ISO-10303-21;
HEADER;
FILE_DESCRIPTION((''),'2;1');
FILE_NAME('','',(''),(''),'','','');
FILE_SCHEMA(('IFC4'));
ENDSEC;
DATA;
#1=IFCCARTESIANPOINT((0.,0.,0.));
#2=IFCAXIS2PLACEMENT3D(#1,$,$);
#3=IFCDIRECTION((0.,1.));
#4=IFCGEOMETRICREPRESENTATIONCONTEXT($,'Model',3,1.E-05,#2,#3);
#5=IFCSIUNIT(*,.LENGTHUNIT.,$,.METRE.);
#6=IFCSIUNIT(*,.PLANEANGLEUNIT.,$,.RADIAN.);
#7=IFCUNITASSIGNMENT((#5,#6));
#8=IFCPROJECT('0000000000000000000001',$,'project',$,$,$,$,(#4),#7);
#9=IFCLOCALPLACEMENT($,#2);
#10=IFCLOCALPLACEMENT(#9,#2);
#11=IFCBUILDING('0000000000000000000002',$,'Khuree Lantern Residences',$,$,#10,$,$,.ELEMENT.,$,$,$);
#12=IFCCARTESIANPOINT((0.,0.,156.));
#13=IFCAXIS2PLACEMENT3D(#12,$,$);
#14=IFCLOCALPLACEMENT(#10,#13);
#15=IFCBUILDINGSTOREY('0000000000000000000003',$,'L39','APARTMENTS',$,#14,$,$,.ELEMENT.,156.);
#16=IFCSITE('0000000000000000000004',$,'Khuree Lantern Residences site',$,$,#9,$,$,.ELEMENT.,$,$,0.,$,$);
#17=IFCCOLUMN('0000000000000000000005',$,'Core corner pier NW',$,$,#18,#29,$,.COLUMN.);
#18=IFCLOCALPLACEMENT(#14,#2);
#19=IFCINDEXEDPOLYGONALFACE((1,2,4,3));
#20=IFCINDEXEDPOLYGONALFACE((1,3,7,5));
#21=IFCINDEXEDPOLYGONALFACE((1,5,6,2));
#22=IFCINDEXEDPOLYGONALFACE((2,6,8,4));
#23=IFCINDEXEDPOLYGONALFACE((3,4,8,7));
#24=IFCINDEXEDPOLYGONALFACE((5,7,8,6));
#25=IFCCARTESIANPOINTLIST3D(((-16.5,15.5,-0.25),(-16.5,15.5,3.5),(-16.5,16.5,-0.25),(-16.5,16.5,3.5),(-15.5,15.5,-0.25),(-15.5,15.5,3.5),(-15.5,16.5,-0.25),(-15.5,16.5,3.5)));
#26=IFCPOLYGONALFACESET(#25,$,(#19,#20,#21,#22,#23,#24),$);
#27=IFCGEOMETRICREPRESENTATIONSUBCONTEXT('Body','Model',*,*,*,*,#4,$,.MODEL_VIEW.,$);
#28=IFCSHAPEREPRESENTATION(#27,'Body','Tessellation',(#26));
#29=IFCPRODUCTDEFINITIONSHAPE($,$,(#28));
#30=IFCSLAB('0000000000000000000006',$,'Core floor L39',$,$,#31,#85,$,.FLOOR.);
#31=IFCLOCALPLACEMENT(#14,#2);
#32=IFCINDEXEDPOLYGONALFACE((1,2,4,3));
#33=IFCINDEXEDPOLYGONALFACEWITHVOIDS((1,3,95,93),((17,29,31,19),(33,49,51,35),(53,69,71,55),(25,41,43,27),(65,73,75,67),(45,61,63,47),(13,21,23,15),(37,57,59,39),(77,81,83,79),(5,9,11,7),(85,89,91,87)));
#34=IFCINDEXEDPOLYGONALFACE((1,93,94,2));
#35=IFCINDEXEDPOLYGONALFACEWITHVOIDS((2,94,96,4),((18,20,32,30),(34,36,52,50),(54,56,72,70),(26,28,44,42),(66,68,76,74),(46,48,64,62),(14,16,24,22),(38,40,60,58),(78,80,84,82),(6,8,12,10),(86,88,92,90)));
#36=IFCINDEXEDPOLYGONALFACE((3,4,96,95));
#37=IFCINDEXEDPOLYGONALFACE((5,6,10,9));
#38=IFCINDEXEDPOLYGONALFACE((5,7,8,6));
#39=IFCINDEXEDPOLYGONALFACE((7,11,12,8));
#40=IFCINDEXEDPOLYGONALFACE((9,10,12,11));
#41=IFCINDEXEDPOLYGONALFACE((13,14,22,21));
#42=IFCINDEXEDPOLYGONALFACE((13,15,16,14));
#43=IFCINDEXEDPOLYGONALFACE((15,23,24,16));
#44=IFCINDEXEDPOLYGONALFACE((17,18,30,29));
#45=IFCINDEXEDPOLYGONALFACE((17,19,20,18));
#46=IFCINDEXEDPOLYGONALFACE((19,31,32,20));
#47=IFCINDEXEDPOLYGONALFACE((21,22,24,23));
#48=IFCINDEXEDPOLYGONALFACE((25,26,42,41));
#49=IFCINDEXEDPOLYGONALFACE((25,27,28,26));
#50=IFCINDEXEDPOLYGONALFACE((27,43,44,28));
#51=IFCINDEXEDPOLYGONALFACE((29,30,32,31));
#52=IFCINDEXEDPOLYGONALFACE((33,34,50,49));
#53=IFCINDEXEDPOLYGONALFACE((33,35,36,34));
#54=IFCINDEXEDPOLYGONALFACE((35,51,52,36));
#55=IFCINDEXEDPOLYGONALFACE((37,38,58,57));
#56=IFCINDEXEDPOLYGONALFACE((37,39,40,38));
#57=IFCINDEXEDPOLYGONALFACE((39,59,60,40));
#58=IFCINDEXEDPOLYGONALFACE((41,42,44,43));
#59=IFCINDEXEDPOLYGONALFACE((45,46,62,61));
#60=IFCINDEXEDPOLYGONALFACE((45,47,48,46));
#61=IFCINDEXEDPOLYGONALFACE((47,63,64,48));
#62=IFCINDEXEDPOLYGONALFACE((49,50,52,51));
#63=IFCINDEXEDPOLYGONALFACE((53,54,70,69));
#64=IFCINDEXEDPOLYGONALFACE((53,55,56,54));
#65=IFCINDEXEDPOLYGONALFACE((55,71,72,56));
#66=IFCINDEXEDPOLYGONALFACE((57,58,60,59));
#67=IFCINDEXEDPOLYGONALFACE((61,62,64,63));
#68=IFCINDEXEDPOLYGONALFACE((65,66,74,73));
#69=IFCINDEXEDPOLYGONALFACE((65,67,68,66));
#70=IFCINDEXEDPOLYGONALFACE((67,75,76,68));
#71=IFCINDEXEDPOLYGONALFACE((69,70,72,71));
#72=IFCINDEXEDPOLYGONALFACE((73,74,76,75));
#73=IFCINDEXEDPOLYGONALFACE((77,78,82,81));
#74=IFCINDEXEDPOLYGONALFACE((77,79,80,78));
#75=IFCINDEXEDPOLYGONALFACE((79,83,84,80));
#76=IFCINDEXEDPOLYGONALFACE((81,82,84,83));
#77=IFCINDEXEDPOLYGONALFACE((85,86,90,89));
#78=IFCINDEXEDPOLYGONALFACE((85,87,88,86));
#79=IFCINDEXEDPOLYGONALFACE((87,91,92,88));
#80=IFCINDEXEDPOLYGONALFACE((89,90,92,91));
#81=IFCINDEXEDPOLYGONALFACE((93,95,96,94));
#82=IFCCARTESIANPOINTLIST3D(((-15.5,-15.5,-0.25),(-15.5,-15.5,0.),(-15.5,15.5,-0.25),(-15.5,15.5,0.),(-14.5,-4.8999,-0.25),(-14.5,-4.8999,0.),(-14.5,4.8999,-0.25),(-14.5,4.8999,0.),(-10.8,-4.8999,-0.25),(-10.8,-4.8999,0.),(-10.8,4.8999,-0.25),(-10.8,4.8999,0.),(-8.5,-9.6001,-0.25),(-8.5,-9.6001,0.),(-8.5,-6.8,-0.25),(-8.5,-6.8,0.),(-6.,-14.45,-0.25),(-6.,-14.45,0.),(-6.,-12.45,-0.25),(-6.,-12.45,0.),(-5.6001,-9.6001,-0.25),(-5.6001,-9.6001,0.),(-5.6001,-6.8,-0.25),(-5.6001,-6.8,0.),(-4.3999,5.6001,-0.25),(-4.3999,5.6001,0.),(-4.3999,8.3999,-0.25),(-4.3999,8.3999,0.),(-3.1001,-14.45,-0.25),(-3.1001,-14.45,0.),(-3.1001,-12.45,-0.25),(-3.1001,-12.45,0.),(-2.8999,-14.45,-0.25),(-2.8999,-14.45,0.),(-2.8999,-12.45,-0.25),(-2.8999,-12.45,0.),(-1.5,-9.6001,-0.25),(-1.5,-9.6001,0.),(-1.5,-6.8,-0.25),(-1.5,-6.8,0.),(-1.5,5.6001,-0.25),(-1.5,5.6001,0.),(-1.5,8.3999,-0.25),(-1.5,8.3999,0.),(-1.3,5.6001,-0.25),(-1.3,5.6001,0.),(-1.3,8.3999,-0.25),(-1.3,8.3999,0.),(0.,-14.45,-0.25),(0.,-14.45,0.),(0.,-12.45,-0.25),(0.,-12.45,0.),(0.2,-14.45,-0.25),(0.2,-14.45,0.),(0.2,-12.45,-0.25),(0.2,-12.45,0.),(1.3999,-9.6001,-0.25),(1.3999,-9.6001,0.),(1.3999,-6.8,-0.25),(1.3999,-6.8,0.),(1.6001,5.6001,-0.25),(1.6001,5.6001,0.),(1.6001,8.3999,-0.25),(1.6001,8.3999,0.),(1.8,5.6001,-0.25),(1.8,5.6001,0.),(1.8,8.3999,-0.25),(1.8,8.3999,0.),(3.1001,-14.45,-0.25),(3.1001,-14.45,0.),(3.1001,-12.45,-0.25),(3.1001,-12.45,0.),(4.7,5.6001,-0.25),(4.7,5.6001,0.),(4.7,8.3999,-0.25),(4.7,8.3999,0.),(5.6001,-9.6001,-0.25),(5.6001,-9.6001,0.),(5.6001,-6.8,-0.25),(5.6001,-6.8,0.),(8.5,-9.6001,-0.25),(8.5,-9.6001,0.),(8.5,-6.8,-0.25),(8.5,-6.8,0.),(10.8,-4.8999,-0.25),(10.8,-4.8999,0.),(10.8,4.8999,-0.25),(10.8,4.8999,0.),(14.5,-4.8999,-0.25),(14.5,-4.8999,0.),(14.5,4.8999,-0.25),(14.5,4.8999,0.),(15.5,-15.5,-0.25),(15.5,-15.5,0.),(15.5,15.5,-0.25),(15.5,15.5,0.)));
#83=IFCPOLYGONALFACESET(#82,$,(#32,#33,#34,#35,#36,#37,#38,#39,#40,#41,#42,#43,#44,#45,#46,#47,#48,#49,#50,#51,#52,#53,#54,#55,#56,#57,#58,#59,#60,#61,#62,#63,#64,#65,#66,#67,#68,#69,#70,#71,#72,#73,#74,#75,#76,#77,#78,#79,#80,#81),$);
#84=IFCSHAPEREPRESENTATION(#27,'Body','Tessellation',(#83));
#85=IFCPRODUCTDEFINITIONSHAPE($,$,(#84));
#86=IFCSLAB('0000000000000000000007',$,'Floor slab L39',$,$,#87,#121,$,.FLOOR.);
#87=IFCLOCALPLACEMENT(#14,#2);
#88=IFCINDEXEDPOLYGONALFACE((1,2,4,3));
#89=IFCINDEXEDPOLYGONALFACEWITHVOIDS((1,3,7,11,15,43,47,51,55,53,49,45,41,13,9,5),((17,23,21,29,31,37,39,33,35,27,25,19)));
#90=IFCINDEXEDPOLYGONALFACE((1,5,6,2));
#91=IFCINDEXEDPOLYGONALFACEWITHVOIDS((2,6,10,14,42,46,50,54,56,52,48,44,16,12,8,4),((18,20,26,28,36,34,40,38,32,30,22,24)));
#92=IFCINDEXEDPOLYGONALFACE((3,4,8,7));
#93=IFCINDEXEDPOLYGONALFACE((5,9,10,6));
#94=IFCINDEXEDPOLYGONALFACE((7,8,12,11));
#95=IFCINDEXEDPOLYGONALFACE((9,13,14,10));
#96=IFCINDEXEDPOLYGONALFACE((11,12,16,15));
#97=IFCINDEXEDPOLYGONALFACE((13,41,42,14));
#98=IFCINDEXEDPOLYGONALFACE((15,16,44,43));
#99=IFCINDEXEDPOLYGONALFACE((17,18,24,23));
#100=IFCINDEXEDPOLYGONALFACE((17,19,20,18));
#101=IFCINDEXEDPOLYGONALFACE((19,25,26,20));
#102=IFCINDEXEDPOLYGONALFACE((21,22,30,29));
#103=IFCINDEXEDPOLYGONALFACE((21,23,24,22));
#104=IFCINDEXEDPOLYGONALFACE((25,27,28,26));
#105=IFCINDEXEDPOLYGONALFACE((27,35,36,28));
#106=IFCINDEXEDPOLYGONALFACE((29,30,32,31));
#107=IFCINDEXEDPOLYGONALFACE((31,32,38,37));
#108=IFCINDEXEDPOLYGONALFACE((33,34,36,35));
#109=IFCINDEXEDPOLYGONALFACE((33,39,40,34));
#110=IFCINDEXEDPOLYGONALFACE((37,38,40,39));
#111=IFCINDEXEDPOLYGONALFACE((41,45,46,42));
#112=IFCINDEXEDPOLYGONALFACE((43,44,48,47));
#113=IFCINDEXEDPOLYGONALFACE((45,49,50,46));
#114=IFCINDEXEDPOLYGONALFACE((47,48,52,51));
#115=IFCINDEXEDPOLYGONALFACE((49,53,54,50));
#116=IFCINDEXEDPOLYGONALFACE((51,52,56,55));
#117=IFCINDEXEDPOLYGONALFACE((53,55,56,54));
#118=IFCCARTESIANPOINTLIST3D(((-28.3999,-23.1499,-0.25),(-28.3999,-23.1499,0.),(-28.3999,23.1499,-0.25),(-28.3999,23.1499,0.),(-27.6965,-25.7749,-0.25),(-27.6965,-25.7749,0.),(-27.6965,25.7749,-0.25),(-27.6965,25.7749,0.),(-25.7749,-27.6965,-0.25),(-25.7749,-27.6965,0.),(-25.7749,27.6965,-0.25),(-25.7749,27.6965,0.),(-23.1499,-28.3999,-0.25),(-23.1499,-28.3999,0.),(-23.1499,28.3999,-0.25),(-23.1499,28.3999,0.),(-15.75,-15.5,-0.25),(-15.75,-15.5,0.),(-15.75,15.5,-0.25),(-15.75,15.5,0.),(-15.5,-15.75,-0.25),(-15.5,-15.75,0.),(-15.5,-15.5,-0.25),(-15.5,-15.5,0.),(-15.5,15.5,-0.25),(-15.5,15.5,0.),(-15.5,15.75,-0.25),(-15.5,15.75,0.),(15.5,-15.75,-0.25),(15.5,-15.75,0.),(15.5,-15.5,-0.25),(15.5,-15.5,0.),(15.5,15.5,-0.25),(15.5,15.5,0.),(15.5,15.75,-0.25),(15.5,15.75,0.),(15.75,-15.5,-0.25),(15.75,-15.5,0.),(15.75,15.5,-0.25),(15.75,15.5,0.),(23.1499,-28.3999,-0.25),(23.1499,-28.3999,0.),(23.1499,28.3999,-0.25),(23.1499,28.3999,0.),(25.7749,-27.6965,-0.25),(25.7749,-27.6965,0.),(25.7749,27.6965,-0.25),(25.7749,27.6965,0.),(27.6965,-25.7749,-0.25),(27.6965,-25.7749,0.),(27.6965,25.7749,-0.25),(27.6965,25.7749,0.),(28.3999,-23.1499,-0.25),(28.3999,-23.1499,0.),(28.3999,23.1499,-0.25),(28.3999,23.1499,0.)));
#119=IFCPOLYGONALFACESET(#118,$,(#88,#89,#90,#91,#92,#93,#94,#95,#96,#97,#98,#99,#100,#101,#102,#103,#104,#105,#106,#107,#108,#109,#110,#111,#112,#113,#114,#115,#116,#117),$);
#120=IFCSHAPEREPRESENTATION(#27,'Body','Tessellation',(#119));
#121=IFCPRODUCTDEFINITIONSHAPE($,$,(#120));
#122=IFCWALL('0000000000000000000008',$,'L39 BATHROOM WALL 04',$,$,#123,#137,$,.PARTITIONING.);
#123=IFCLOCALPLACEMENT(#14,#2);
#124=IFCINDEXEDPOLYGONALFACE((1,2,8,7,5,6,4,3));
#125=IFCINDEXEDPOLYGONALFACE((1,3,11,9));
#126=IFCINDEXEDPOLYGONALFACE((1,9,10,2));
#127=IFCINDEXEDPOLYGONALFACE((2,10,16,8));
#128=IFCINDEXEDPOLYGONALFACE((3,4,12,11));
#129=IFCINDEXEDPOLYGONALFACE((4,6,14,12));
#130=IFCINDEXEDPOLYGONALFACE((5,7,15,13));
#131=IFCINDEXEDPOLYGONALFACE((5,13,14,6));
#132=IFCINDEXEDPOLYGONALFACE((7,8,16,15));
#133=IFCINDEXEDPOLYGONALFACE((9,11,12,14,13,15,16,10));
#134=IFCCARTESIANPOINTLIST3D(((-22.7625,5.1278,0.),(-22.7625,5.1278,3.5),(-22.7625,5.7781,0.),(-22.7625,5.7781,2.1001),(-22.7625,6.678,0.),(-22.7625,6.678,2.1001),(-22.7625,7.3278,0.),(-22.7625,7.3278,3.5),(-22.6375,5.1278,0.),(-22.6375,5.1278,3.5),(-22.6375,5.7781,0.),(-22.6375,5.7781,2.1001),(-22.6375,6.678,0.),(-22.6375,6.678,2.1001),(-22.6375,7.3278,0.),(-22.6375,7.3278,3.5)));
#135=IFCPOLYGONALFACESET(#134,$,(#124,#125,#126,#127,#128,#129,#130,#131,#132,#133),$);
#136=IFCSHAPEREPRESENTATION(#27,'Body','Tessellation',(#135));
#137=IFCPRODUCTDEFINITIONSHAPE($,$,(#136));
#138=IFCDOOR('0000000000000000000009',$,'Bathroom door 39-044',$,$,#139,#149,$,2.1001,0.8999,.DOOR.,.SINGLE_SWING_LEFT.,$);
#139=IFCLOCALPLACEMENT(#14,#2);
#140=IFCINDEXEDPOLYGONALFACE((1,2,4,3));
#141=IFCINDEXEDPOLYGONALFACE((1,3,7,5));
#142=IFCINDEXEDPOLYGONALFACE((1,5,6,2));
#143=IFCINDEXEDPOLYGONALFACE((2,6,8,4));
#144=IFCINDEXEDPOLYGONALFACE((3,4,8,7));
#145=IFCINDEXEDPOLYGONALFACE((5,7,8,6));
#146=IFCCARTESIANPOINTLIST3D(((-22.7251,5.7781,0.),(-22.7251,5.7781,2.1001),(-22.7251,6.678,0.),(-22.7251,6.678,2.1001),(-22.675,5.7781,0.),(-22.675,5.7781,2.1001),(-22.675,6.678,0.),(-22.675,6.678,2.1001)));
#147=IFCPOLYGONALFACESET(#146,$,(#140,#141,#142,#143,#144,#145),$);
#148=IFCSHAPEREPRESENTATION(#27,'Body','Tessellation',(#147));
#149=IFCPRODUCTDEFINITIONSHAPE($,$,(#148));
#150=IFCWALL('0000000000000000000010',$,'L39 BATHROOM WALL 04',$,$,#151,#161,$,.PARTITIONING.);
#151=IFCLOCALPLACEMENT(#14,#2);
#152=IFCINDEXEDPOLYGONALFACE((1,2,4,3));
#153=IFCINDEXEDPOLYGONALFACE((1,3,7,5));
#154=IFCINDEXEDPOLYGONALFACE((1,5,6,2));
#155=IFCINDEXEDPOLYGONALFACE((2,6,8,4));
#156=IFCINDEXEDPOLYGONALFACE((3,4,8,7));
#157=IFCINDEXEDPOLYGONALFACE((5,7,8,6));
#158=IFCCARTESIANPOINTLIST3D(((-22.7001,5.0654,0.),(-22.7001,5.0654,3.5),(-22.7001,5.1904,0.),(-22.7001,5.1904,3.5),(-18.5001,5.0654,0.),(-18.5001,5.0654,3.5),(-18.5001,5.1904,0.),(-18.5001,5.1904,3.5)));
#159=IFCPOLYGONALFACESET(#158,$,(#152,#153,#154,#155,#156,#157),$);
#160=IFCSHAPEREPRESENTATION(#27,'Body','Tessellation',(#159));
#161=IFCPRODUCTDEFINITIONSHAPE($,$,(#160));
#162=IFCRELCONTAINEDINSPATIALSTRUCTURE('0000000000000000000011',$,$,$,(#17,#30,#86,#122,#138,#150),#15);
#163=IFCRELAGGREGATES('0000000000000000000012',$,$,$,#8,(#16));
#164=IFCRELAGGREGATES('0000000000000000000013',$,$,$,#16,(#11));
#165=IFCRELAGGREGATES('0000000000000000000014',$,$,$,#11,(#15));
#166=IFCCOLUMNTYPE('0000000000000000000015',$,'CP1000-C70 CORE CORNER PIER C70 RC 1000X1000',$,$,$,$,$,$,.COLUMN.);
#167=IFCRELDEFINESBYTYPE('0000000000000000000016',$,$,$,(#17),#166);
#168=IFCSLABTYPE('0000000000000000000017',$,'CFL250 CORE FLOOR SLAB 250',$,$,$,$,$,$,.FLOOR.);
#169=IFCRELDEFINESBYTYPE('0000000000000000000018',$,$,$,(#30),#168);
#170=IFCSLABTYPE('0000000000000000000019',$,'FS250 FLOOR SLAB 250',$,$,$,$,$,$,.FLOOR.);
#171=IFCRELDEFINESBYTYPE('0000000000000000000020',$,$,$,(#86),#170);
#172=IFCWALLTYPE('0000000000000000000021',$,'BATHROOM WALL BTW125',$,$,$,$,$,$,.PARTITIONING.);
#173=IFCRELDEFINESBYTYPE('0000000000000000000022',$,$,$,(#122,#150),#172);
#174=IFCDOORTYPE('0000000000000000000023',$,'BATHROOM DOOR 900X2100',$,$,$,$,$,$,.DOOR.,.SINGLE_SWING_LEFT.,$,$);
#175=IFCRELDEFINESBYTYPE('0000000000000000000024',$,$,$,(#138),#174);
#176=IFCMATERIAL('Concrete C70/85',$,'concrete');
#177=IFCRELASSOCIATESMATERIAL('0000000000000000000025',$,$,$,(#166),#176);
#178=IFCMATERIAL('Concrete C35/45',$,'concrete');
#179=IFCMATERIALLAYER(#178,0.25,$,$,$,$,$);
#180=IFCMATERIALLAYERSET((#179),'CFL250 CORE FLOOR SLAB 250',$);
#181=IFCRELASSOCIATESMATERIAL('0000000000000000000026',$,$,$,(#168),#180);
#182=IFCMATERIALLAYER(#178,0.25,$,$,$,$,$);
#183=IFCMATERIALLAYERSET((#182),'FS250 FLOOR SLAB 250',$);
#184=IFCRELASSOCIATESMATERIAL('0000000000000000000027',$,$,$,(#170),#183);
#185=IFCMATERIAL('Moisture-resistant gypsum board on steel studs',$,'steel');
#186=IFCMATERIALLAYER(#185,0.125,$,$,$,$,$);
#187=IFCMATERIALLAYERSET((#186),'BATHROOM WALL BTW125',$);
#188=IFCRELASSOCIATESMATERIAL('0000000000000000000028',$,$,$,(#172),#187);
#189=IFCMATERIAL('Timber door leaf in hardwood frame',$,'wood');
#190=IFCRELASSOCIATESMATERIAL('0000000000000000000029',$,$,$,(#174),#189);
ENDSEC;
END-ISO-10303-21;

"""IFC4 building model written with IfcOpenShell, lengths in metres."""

from ifc_helpers import new_model, si_unit, direction, frame, frame_2d, origin, origin_2d, place, context, subcontext, project, spatial, polyline, rectangle, outline, extrude, material, layer, layer_set, material_profile, profile_set, type_object, element, fill, save


model = new_model("IFC4")

# Units and contexts
model_context = context("Model", 3, precision=1e-05, world=origin(), true_north=direction((0.0, 1.0)))
body_context = subcontext(model_context, "Body", "Model", "MODEL_VIEW")
ifc_project = project(units=[si_unit("LENGTHUNIT", "METRE"), si_unit("PLANEANGLEUNIT", "RADIAN")], contexts=[model_context])

# Site, building, storey
site_placement = place(None, origin())
site = spatial("IfcSite", under=ifc_project, at=site_placement, Name="Khuree Lantern Residences site", CompositionType="ELEMENT", RefElevation=0.0)
building_placement = place(site_placement, origin())
building = spatial("IfcBuilding", under=site, at=building_placement, Name="Khuree Lantern Residences", CompositionType="ELEMENT")
storey_placement = place(building_placement, frame((0.0, 0.0, 156.0)))
storey = spatial("IfcBuildingStorey", under=building, at=storey_placement, Name="L39", Description="APARTMENTS", CompositionType="ELEMENT", Elevation=156.0)

# Column
ifc_material_1 = material(Name="Concrete C70/85", Category="concrete")
ifc_material_profile = material_profile(ifc_material_1, rectangle(XDim=1.0, YDim=1.0, at=origin_2d()), Name="RC 1000X1000")
ifc_profile_set = profile_set([ifc_material_profile], Name="Concrete C70/85")
column_type = type_object("IfcColumnType", Name="CP1000-C70 CORE CORNER PIER C70 RC 1000X1000", PredefinedType="COLUMN", material=ifc_profile_set)
column_placement = place(storey_placement, frame((-16.0, 16.0, -0.25), z_axis=(0.0, 0.0, 1.0), x_axis=(1.0, 0.0, 0.0)))
element("IfcColumn", 1, at=column_placement, inside=storey, type_object=column_type, Name="Core corner pier NW", PredefinedType="COLUMN", context=body_context, shape_type="SweptSolid", body=[
    extrude(rectangle(XDim=1.0, YDim=1.0, at=origin_2d()), origin(), (0.0, 0.0, 1.0), 3.75),
])

# Slabs
ifc_material_2 = material(Name="Concrete C35/45", Category="concrete")
ifc_layer_1 = layer(ifc_material_2, 0.25)
ifc_layer_set_1 = layer_set([ifc_layer_1], Name="CFL250 CORE FLOOR SLAB 250")
slab_type_1 = type_object("IfcSlabType", Name="CFL250 CORE FLOOR SLAB 250", PredefinedType="FLOOR", material=ifc_layer_set_1)
slab_1_placement = place(storey_placement, frame((0.0, 0.0, -0.25)))
element("IfcSlab", 2, at=slab_1_placement, inside=storey, type_object=slab_type_1, Name="Core floor L39", PredefinedType="FLOOR", context=body_context, shape_type="SweptSolid", body=[
    extrude(outline(polyline([(-15.5, -15.5), (-15.5, 15.5), (15.5, 15.5), (15.5, -15.5), (-15.5, -15.5)]), holes=[polyline([(10.8, 4.8999), (10.8, -4.8999), (14.5, -4.8999), (14.5, 4.8999), (10.8, 4.8999)]), polyline([(8.5, -6.8), (5.6001, -6.8), (5.6001, -9.6001), (8.5, -9.6001), (8.5, -6.8)]), polyline([(4.7, 8.3999), (1.8, 8.3999), (1.8, 5.6001), (4.7, 5.6001), (4.7, 8.3999)]), polyline([(3.1001, -12.45), (0.2, -12.45), (0.2, -14.45), (3.1001, -14.45), (3.1001, -12.45)]), polyline([(1.6001, 8.3999), (-1.3, 8.3999), (-1.3, 5.6001), (1.6001, 5.6001), (1.6001, 8.3999)]), polyline([(1.3999, -6.8), (-1.5, -6.8), (-1.5, -9.6001), (1.3999, -9.6001), (1.3999, -6.8)]), polyline([(-2.8999, -12.45), (-2.8999, -14.45), (0.0, -14.45), (0.0, -12.45), (-2.8999, -12.45)]), polyline([(-4.3999, 8.3999), (-4.3999, 5.6001), (-1.5, 5.6001), (-1.5, 8.3999), (-4.3999, 8.3999)]), polyline([(-6.0, -12.45), (-6.0, -14.45), (-3.1001, -14.45), (-3.1001, -12.45), (-6.0, -12.45)]), polyline([(-8.5, -6.8), (-8.5, -9.6001), (-5.6001, -9.6001), (-5.6001, -6.8), (-8.5, -6.8)]), polyline([(-10.8, 4.8999), (-14.5, 4.8999), (-14.5, -4.8999), (-10.8, -4.8999), (-10.8, 4.8999)])]), origin(), (0.0, 0.0, 1.0), 0.25),
])
ifc_layer_2 = layer(ifc_material_2, 0.25)
ifc_layer_set_2 = layer_set([ifc_layer_2], Name="FS250 FLOOR SLAB 250")
slab_type_2 = type_object("IfcSlabType", Name="FS250 FLOOR SLAB 250", PredefinedType="FLOOR", material=ifc_layer_set_2)
slab_2_placement = place(storey_placement, frame((0.0, 0.0, -0.25)))
element("IfcSlab", 3, at=slab_2_placement, inside=storey, type_object=slab_type_2, Name="Floor slab L39", PredefinedType="FLOOR", context=body_context, shape_type="SweptSolid", body=[
    extrude(outline(polyline([(-25.7749, -27.6965), (-27.6965, -25.7749), (-28.3999, -23.1499), (-28.3999, 23.1499), (-27.6965, 25.7749), (-25.7749, 27.6965), (-23.1499, 28.3999), (23.1499, 28.3999), (25.7749, 27.6965), (27.6965, 25.7749), (28.3999, 23.1499), (28.3999, -23.1499), (27.6965, -25.7749), (25.7749, -27.6965), (23.1499, -28.3999), (-23.1499, -28.3999), (-25.7749, -27.6965)]), holes=[polyline([(15.75, 15.5), (15.5, 15.5), (15.5, 15.75), (-15.5, 15.75), (-15.5, 15.5), (-15.75, 15.5), (-15.75, -15.5), (-15.5, -15.5), (-15.5, -15.75), (15.5, -15.75), (15.5, -15.5), (15.75, -15.5), (15.75, 15.5)])]), origin(), (0.0, 0.0, 1.0), 0.25),
])

# Wall, opening, door
ifc_material_3 = material(Name="Moisture-resistant gypsum board on steel studs", Category="steel")
ifc_layer_3 = layer(ifc_material_3, 0.125)
ifc_layer_set_3 = layer_set([ifc_layer_3], Name="BATHROOM WALL BTW125")
wall_type_1 = type_object("IfcWallType", Name="BATHROOM WALL BTW125", PredefinedType="PARTITIONING", material=ifc_layer_set_3)
wall_1_placement = place(storey_placement, frame((-22.7, 7.3279, 0.0), z_axis=(0.0, 0.0, 1.0), x_axis=(0.0, -1.0, 0.0)))
wall_1 = element("IfcWall", 4, at=wall_1_placement, inside=storey, type_object=wall_type_1, Name="L39 BATHROOM WALL 04", PredefinedType="PARTITIONING", context=body_context, shape_type="SweptSolid", body=[
    extrude(rectangle(XDim=2.2, YDim=0.125, at=frame_2d((1.1001, 0.0))), origin(), (0.0, 0.0, 1.0), 3.5),
])
opening_1_placement = place(wall_1_placement, frame((0.6499, 0.0, 0.0)))
opening_1 = element("IfcOpeningElement", 5, at=opening_1_placement, cuts=wall_1, PredefinedType="OPENING", context=body_context, shape_type="SweptSolid", body=[
    extrude(rectangle(XDim=0.8999, YDim=2.1001, at=frame_2d((0.45, 1.05))), frame((0.0, 0.0725, 0.0), z_axis=(0.0, -1.0, 0.0), x_axis=(1.0, 0.0, 0.0)), (0.0, 0.0, 1.0), 0.145),
])
ifc_material_4 = material(Name="Timber door leaf in hardwood frame", Category="wood")
door_type_1 = type_object("IfcDoorType", Name="BATHROOM DOOR 900X2100", OperationType="SINGLE_SWING_LEFT", PredefinedType="DOOR", material=ifc_material_4)
door_1_placement = place(opening_1_placement, origin())
door_1 = element("IfcDoor", 6, at=door_1_placement, inside=storey, type_object=door_type_1, Name="Bathroom door 39-044", OperationType="SINGLE_SWING_LEFT", OverallHeight=2.1001, OverallWidth=0.8999, PredefinedType="DOOR", context=body_context, shape_type="SweptSolid", body=[
    extrude(rectangle(XDim=0.8999, YDim=2.1001, at=frame_2d((0.45, 1.05))), frame((0.0, 0.0249, 0.0), z_axis=(0.0, -1.0, 0.0), x_axis=(1.0, 0.0, 0.0)), (0.0, 0.0, 1.0), 0.05),
])
fill(opening_1, door_1)

# Wall
wall_2_placement = place(storey_placement, frame((-18.5, 5.1279, 0.0), z_axis=(0.0, 0.0, 1.0), x_axis=(-1.0, 0.0, 0.0)))
element("IfcWall", 7, at=wall_2_placement, inside=storey, type_object=wall_type_1, Name="L39 BATHROOM WALL 04", PredefinedType="PARTITIONING", context=body_context, shape_type="SweptSolid", body=[
    extrude(rectangle(XDim=4.2, YDim=0.125, at=frame_2d((2.1001, 0.0))), origin(), (0.0, 0.0, 1.0), 3.5),
])

save(model, "model.ifc")
